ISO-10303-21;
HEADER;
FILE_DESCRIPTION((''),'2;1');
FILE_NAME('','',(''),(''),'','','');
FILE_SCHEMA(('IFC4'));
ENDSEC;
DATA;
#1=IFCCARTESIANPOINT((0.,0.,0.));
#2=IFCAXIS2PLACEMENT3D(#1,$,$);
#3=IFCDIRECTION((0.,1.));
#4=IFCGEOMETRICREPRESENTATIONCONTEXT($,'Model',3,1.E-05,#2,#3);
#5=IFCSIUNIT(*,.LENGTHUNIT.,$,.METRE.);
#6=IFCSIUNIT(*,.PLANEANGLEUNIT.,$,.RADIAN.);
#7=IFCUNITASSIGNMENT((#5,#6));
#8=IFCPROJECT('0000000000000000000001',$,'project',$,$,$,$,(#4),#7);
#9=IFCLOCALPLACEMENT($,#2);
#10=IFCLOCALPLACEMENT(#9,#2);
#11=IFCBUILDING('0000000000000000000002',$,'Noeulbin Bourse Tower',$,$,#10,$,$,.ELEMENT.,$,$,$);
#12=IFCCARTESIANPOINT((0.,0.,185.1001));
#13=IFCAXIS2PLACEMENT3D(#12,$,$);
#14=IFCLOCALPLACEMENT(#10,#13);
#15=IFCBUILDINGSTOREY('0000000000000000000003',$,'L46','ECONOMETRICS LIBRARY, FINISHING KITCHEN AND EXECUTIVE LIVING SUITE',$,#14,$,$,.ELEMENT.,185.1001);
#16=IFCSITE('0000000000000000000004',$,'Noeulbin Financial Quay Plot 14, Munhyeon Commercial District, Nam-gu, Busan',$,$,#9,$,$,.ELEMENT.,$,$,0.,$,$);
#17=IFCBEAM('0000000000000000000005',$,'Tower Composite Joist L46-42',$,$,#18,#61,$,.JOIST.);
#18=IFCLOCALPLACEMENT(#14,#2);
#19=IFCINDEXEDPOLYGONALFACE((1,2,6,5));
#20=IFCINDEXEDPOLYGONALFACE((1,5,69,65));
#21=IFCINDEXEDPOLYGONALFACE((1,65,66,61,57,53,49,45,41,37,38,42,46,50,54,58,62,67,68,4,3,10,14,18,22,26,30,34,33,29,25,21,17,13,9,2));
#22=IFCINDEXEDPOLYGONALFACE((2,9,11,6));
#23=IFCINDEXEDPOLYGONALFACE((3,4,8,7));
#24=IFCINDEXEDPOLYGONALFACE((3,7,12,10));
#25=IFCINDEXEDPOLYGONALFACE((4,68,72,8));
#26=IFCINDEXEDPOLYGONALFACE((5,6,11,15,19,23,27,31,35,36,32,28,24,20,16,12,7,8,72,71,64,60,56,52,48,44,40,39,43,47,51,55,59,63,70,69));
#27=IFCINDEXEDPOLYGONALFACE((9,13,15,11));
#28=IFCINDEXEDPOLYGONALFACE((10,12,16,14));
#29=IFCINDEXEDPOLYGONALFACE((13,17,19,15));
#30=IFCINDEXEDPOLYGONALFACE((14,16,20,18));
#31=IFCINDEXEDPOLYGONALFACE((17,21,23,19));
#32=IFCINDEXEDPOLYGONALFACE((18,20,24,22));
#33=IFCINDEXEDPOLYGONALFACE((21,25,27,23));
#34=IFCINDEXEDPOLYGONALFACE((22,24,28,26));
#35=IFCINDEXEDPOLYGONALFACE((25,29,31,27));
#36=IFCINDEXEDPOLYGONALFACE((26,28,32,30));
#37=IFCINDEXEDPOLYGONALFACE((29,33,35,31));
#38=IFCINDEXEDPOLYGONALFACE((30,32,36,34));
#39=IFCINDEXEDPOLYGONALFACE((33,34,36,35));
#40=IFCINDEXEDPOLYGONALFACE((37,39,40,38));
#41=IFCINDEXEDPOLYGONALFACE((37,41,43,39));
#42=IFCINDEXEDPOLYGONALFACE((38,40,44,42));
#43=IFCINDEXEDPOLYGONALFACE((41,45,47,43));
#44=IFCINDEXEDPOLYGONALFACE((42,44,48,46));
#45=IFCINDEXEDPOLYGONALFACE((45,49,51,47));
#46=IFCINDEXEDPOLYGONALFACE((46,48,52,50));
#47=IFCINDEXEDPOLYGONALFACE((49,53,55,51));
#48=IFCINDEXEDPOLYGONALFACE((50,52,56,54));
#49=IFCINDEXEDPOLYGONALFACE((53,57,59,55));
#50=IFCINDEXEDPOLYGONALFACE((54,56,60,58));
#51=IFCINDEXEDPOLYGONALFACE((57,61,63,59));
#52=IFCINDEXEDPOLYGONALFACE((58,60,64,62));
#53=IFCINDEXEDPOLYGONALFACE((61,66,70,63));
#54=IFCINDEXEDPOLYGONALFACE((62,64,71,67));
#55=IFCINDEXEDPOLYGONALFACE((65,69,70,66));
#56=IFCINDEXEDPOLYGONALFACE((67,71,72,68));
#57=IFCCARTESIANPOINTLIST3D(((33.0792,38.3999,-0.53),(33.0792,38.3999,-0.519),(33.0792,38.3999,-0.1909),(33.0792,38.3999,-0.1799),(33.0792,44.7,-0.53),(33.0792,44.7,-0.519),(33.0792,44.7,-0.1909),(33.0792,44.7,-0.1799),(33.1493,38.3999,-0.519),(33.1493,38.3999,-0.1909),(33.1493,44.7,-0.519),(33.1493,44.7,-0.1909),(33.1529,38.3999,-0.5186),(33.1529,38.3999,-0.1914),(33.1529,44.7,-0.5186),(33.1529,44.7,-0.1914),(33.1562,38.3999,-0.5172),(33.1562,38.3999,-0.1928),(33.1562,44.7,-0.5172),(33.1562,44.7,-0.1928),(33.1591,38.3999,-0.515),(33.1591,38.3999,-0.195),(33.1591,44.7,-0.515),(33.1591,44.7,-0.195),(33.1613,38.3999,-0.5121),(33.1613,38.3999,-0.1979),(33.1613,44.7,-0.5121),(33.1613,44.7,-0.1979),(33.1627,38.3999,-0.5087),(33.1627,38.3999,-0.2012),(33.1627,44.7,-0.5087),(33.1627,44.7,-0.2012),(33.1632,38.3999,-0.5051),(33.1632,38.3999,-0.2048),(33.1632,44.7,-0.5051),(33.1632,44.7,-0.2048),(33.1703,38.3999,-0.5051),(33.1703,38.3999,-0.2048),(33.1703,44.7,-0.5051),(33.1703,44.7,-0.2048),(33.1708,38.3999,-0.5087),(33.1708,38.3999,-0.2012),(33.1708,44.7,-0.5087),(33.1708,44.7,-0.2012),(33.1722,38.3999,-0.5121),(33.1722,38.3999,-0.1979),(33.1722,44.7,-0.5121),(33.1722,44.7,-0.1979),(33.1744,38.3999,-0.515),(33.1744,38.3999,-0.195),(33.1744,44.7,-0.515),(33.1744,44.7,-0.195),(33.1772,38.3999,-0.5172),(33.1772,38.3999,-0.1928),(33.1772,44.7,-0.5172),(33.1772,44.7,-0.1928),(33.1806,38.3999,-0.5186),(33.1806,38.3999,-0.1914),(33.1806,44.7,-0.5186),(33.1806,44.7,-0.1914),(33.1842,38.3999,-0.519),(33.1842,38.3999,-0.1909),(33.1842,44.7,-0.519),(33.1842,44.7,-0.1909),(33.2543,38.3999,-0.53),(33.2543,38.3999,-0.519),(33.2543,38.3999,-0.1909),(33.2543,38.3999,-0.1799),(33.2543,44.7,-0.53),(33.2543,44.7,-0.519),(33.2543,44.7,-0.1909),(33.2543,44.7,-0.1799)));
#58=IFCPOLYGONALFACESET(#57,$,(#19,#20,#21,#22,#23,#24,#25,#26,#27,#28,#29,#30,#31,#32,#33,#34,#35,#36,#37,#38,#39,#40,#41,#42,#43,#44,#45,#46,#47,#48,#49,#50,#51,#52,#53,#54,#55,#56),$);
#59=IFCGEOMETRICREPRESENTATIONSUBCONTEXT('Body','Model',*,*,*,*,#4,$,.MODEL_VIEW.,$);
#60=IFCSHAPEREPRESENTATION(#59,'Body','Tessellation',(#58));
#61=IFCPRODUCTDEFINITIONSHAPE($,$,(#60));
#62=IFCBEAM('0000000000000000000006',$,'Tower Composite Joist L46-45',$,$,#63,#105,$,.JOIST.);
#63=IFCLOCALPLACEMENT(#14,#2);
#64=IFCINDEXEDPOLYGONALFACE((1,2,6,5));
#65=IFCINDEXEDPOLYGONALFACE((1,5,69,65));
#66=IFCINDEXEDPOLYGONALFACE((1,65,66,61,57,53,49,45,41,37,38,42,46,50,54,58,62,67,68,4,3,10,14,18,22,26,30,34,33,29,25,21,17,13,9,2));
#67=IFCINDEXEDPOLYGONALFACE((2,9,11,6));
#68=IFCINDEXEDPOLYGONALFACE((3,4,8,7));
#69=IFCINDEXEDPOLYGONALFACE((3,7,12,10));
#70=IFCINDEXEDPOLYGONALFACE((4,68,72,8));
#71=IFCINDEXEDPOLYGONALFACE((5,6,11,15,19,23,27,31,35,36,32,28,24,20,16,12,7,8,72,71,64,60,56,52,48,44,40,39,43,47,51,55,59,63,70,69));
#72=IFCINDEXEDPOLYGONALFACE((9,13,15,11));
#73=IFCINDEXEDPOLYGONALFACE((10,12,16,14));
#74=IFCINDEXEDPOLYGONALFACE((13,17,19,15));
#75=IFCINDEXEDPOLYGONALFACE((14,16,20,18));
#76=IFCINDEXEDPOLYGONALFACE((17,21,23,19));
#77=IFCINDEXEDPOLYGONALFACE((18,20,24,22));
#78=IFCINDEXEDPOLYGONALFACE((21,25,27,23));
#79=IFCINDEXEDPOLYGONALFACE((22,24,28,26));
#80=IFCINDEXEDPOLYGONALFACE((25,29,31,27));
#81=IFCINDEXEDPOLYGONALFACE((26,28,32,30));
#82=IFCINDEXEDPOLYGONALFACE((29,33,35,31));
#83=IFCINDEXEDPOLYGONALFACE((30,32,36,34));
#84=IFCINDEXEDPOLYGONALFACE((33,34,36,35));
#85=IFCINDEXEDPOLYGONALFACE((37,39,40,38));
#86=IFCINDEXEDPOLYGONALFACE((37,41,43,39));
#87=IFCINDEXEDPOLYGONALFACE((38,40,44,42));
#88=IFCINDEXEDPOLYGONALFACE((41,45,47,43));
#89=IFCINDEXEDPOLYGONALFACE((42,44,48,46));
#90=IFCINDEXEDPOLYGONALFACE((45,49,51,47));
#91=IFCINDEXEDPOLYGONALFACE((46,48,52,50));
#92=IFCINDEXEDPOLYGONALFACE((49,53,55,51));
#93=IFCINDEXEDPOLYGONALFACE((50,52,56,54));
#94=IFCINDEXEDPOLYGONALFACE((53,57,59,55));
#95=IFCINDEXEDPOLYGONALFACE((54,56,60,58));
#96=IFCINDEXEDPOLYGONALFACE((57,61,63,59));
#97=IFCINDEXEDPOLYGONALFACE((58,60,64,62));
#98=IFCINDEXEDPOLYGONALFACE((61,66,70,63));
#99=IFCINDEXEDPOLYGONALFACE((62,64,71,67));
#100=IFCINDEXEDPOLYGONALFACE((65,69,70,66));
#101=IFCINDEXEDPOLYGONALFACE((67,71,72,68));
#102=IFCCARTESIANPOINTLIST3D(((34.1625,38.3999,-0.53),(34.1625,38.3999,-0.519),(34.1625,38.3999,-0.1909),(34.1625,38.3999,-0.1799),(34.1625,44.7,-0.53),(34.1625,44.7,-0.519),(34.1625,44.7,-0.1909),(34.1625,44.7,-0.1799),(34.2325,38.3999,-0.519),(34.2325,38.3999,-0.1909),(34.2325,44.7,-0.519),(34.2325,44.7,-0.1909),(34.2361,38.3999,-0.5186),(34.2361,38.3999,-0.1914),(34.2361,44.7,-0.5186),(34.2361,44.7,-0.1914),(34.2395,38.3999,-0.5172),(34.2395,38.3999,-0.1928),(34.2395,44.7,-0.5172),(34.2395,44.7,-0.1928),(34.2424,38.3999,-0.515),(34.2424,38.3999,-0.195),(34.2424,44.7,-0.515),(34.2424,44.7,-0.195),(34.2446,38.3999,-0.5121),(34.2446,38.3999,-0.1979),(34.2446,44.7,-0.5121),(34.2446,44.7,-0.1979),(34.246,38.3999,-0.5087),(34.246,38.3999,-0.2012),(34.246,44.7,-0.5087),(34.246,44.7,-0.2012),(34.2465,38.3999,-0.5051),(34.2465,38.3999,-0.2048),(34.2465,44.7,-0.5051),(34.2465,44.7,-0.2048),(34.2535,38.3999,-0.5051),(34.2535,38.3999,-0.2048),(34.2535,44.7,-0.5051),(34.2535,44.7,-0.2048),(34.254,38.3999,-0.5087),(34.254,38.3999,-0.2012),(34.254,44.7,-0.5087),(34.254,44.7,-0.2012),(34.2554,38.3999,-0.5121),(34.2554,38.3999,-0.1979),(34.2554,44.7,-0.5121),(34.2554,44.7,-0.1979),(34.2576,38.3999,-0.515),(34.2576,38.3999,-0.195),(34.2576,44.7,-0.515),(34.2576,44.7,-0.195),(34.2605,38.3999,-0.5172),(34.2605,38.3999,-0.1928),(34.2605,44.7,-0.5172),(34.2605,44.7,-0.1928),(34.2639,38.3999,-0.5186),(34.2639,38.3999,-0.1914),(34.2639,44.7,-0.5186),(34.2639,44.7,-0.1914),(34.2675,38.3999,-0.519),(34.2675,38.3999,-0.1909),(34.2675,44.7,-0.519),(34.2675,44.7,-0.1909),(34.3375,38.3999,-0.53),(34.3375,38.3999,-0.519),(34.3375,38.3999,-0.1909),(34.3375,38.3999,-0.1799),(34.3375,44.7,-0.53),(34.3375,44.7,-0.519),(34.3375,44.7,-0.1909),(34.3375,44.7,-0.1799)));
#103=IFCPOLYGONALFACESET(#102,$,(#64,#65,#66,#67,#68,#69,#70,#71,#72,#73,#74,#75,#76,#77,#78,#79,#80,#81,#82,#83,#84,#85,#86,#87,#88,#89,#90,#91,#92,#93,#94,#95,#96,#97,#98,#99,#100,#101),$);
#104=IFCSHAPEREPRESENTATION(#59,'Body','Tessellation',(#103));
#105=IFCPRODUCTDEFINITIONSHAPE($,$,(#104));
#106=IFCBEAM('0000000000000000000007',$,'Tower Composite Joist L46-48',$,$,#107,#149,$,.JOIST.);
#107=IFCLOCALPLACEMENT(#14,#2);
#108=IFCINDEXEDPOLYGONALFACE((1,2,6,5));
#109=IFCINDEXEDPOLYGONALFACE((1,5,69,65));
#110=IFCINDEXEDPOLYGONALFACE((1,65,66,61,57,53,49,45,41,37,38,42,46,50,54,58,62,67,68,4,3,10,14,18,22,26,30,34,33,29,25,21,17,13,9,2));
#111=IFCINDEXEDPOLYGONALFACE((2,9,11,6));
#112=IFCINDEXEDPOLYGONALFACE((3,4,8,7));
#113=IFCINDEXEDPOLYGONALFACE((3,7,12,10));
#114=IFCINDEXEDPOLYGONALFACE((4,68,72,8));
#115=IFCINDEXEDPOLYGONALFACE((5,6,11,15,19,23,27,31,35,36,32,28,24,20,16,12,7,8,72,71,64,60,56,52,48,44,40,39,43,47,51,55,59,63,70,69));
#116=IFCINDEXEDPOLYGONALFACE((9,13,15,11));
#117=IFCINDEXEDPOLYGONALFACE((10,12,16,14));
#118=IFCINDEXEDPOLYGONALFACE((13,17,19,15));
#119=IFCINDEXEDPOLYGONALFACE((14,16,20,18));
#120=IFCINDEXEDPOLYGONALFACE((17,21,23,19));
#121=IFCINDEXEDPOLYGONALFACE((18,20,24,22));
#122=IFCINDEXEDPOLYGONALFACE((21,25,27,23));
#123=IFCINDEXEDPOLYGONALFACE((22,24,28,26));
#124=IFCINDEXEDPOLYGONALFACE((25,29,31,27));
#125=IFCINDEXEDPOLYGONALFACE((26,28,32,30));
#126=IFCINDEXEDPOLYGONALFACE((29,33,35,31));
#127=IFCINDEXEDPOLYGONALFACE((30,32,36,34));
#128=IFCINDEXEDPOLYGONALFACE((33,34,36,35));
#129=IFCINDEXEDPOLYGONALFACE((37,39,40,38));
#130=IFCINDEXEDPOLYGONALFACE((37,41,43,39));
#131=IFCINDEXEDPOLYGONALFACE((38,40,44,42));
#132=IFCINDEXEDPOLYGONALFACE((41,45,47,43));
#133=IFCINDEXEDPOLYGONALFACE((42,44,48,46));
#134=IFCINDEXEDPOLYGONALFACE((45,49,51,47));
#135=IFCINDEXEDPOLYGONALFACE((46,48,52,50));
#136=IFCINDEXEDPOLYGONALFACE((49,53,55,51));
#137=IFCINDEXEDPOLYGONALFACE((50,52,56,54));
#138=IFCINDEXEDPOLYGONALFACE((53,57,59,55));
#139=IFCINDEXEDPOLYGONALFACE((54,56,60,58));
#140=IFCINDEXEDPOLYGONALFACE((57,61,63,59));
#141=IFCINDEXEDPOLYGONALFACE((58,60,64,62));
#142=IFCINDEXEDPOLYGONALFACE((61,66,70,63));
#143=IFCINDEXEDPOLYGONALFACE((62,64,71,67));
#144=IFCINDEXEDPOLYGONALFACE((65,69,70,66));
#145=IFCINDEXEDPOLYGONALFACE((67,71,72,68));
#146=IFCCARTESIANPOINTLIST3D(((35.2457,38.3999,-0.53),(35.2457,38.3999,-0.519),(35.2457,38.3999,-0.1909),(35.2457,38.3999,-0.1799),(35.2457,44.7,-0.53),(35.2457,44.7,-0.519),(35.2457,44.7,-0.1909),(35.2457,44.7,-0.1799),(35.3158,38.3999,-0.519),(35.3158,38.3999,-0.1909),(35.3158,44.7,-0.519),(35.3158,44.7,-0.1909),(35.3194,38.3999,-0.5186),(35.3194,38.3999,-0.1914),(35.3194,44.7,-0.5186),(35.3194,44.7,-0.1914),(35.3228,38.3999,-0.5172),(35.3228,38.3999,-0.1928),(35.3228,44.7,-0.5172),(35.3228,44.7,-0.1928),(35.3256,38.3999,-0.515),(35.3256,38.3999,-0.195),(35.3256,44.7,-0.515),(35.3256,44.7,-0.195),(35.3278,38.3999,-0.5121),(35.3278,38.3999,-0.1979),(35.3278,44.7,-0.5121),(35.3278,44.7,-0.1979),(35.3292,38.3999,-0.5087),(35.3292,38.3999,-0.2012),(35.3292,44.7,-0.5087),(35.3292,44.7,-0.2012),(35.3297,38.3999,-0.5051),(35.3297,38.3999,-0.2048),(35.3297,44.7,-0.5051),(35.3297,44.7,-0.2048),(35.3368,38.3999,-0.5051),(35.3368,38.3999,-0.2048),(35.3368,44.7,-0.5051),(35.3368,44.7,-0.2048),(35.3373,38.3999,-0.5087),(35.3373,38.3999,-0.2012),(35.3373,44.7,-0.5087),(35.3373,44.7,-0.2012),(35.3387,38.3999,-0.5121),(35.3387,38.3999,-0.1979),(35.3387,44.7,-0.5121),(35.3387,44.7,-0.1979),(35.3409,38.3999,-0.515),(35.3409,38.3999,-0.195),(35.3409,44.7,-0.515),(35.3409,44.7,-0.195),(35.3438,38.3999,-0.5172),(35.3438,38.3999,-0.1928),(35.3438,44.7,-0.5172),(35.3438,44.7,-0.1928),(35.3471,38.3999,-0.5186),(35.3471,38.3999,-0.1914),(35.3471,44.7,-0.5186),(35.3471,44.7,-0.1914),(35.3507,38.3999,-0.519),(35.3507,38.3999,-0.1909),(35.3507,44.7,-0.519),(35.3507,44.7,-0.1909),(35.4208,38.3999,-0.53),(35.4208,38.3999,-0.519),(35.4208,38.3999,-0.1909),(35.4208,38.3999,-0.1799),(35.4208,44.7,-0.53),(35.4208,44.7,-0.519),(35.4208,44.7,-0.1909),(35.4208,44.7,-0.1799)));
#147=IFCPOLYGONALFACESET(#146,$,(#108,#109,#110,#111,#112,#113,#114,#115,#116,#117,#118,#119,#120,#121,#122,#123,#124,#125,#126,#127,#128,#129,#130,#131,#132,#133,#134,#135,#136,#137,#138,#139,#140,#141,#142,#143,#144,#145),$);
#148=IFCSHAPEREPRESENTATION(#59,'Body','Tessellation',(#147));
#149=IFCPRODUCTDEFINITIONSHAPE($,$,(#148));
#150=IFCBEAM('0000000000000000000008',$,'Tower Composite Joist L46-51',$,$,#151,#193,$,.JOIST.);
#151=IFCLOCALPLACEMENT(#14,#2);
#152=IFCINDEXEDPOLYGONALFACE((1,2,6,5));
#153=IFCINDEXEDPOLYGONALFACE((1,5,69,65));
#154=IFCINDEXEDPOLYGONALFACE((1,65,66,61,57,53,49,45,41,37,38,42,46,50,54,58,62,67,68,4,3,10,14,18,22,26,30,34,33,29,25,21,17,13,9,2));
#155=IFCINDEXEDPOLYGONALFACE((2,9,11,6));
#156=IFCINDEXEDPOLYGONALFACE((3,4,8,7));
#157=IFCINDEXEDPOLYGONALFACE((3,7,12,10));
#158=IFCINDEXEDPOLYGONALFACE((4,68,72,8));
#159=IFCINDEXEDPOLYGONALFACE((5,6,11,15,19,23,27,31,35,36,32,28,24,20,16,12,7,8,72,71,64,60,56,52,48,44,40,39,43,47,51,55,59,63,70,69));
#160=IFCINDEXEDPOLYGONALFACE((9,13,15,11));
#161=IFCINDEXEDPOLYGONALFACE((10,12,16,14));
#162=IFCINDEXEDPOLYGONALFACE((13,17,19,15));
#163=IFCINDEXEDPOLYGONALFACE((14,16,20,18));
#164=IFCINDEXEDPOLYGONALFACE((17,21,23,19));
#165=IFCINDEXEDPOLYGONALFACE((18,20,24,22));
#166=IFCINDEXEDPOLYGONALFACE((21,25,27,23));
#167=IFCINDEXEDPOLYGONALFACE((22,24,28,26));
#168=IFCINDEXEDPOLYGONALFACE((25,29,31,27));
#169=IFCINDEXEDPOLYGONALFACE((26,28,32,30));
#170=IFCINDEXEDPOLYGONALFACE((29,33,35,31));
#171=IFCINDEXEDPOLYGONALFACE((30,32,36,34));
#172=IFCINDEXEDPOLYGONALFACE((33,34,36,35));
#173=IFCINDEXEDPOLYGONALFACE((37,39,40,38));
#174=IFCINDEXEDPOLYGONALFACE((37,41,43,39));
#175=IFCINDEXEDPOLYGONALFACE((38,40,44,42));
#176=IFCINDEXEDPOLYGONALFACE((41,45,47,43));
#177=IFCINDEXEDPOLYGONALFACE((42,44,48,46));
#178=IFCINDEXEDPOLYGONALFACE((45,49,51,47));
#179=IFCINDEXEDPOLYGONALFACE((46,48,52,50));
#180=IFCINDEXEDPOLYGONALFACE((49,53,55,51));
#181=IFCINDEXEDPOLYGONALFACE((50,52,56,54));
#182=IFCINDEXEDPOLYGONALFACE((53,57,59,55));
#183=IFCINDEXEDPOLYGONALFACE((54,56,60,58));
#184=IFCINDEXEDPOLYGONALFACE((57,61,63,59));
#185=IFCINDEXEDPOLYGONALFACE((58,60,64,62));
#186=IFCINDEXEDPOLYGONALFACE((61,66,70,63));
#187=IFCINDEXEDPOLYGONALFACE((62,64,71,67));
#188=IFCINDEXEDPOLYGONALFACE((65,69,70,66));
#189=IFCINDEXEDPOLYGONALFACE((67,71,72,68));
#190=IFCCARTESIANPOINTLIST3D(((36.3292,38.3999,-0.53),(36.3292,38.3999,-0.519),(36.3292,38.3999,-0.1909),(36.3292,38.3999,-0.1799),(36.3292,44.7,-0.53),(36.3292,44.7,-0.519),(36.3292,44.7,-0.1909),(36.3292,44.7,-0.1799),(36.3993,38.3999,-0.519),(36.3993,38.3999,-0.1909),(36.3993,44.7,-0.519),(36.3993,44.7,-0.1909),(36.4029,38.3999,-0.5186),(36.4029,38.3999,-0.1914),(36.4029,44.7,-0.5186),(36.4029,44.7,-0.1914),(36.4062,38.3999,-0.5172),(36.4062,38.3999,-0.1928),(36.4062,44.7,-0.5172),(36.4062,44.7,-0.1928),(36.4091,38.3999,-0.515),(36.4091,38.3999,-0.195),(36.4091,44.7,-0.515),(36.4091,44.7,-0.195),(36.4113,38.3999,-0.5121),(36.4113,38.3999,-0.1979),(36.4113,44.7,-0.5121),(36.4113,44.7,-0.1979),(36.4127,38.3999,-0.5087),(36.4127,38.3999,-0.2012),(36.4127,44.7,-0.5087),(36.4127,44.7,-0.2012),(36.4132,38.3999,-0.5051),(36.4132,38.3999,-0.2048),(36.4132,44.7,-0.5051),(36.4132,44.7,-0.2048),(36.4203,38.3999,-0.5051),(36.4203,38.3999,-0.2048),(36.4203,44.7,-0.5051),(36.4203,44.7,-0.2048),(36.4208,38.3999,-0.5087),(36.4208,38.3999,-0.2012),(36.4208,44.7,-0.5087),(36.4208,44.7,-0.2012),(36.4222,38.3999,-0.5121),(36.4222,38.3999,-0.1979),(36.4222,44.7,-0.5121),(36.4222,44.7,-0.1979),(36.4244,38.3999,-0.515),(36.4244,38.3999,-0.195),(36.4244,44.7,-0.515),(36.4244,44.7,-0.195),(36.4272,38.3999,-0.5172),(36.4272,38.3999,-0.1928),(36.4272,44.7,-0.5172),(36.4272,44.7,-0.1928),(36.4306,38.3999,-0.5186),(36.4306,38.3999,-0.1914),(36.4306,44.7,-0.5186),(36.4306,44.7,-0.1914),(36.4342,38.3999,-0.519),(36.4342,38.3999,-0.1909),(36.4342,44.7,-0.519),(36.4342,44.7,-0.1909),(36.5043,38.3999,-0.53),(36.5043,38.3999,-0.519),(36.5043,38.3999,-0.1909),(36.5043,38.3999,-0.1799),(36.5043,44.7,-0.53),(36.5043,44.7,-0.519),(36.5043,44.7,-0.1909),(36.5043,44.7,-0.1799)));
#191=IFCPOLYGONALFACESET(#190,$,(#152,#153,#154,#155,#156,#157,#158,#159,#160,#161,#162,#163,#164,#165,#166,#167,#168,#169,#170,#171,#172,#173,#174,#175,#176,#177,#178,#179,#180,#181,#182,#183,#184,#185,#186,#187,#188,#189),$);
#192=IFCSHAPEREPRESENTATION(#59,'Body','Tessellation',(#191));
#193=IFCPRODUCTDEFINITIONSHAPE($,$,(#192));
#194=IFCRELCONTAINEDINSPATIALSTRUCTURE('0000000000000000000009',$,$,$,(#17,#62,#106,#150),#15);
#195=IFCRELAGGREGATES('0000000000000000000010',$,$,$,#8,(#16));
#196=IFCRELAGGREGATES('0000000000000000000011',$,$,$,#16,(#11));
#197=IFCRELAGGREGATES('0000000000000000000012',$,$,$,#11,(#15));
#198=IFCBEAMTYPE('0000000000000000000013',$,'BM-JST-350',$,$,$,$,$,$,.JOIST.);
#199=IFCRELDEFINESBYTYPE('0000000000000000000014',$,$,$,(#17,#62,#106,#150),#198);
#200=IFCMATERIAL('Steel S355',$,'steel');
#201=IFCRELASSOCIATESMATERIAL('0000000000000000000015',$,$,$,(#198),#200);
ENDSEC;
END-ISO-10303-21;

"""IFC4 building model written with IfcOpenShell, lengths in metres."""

from ifc_helpers import new_model, si_unit, direction, frame, origin, origin_2d, place, context, subcontext, project, spatial, i_section, extrude, material, material_profile, profile_set, type_object, element, save


model = new_model("IFC4")

# Units and contexts
model_context = context("Model", 3, precision=1e-05, world=origin(), true_north=direction((0.0, 1.0)))
body_context = subcontext(model_context, "Body", "Model", "MODEL_VIEW")
ifc_project = project(units=[si_unit("LENGTHUNIT", "METRE"), si_unit("PLANEANGLEUNIT", "RADIAN")], contexts=[model_context])

# Site, building, storey
site_placement = place(None, origin())
site = spatial("IfcSite", under=ifc_project, at=site_placement, Name="Noeulbin Financial Quay Plot 14, Munhyeon Commercial District, Nam-gu, Busan", CompositionType="ELEMENT", RefElevation=0.0)
building_placement = place(site_placement, origin())
building = spatial("IfcBuilding", under=site, at=building_placement, Name="Noeulbin Bourse Tower", CompositionType="ELEMENT")
storey_placement = place(building_placement, frame((0.0, 0.0, 185.1001)))
storey = spatial("IfcBuildingStorey", under=building, at=storey_placement, Name="L46", Description="ECONOMETRICS LIBRARY, FINISHING KITCHEN AND EXECUTIVE LIVING SUITE", CompositionType="ELEMENT", Elevation=185.1001)

# Shared definitions
ifc_material_1 = material(Name="Steel S355", Category="steel")

# Beams
ifc_material_profile_1 = material_profile(ifc_material_1, i_section(OverallWidth=0.175, OverallDepth=0.3501, WebThickness=0.0071, FlangeThickness=0.011, FilletRadius=0.0139, at=origin_2d()), Name="H-350x175x7x11", Category="LoadBearing")
ifc_profile_set_1 = profile_set([ifc_material_profile_1], Name="Steel S355")
beam_type_1 = type_object("IfcBeamType", Name="BM-JST-350", PredefinedType="JOIST", material=ifc_profile_set_1)
for number, where, z_axis, x_axis, name in (
    (1, (33.1667, 38.3999, -0.355), (0.0, 1.0, 0.0), (-1.0, 0.0, 0.0), "Tower Composite Joist L46-42"),
    (2, (34.25, 38.3999, -0.355), (0.0, 1.0, 0.0), (-1.0, 0.0, 0.0), "Tower Composite Joist L46-45"),
    (3, (35.3333, 38.3999, -0.355), (0.0, 1.0, 0.0), (-1.0, 0.0, 0.0), "Tower Composite Joist L46-48"),
    (4, (36.4167, 38.3999, -0.355), (0.0, 1.0, 0.0), (-1.0, 0.0, 0.0), "Tower Composite Joist L46-51"),
):
    element("IfcBeam", number, at=place(storey_placement, frame(where, z_axis=z_axis, x_axis=x_axis)), inside=storey, type_object=beam_type_1, Name=name, PredefinedType="JOIST", context=body_context, shape_type="SweptSolid", body=[
        extrude(i_section(OverallWidth=0.175, OverallDepth=0.3501, WebThickness=0.0071, FlangeThickness=0.011, FilletRadius=0.0139, at=origin_2d()), origin(), (0.0, 0.0, 1.0), 6.3),
    ])

save(model, "model.ifc")
